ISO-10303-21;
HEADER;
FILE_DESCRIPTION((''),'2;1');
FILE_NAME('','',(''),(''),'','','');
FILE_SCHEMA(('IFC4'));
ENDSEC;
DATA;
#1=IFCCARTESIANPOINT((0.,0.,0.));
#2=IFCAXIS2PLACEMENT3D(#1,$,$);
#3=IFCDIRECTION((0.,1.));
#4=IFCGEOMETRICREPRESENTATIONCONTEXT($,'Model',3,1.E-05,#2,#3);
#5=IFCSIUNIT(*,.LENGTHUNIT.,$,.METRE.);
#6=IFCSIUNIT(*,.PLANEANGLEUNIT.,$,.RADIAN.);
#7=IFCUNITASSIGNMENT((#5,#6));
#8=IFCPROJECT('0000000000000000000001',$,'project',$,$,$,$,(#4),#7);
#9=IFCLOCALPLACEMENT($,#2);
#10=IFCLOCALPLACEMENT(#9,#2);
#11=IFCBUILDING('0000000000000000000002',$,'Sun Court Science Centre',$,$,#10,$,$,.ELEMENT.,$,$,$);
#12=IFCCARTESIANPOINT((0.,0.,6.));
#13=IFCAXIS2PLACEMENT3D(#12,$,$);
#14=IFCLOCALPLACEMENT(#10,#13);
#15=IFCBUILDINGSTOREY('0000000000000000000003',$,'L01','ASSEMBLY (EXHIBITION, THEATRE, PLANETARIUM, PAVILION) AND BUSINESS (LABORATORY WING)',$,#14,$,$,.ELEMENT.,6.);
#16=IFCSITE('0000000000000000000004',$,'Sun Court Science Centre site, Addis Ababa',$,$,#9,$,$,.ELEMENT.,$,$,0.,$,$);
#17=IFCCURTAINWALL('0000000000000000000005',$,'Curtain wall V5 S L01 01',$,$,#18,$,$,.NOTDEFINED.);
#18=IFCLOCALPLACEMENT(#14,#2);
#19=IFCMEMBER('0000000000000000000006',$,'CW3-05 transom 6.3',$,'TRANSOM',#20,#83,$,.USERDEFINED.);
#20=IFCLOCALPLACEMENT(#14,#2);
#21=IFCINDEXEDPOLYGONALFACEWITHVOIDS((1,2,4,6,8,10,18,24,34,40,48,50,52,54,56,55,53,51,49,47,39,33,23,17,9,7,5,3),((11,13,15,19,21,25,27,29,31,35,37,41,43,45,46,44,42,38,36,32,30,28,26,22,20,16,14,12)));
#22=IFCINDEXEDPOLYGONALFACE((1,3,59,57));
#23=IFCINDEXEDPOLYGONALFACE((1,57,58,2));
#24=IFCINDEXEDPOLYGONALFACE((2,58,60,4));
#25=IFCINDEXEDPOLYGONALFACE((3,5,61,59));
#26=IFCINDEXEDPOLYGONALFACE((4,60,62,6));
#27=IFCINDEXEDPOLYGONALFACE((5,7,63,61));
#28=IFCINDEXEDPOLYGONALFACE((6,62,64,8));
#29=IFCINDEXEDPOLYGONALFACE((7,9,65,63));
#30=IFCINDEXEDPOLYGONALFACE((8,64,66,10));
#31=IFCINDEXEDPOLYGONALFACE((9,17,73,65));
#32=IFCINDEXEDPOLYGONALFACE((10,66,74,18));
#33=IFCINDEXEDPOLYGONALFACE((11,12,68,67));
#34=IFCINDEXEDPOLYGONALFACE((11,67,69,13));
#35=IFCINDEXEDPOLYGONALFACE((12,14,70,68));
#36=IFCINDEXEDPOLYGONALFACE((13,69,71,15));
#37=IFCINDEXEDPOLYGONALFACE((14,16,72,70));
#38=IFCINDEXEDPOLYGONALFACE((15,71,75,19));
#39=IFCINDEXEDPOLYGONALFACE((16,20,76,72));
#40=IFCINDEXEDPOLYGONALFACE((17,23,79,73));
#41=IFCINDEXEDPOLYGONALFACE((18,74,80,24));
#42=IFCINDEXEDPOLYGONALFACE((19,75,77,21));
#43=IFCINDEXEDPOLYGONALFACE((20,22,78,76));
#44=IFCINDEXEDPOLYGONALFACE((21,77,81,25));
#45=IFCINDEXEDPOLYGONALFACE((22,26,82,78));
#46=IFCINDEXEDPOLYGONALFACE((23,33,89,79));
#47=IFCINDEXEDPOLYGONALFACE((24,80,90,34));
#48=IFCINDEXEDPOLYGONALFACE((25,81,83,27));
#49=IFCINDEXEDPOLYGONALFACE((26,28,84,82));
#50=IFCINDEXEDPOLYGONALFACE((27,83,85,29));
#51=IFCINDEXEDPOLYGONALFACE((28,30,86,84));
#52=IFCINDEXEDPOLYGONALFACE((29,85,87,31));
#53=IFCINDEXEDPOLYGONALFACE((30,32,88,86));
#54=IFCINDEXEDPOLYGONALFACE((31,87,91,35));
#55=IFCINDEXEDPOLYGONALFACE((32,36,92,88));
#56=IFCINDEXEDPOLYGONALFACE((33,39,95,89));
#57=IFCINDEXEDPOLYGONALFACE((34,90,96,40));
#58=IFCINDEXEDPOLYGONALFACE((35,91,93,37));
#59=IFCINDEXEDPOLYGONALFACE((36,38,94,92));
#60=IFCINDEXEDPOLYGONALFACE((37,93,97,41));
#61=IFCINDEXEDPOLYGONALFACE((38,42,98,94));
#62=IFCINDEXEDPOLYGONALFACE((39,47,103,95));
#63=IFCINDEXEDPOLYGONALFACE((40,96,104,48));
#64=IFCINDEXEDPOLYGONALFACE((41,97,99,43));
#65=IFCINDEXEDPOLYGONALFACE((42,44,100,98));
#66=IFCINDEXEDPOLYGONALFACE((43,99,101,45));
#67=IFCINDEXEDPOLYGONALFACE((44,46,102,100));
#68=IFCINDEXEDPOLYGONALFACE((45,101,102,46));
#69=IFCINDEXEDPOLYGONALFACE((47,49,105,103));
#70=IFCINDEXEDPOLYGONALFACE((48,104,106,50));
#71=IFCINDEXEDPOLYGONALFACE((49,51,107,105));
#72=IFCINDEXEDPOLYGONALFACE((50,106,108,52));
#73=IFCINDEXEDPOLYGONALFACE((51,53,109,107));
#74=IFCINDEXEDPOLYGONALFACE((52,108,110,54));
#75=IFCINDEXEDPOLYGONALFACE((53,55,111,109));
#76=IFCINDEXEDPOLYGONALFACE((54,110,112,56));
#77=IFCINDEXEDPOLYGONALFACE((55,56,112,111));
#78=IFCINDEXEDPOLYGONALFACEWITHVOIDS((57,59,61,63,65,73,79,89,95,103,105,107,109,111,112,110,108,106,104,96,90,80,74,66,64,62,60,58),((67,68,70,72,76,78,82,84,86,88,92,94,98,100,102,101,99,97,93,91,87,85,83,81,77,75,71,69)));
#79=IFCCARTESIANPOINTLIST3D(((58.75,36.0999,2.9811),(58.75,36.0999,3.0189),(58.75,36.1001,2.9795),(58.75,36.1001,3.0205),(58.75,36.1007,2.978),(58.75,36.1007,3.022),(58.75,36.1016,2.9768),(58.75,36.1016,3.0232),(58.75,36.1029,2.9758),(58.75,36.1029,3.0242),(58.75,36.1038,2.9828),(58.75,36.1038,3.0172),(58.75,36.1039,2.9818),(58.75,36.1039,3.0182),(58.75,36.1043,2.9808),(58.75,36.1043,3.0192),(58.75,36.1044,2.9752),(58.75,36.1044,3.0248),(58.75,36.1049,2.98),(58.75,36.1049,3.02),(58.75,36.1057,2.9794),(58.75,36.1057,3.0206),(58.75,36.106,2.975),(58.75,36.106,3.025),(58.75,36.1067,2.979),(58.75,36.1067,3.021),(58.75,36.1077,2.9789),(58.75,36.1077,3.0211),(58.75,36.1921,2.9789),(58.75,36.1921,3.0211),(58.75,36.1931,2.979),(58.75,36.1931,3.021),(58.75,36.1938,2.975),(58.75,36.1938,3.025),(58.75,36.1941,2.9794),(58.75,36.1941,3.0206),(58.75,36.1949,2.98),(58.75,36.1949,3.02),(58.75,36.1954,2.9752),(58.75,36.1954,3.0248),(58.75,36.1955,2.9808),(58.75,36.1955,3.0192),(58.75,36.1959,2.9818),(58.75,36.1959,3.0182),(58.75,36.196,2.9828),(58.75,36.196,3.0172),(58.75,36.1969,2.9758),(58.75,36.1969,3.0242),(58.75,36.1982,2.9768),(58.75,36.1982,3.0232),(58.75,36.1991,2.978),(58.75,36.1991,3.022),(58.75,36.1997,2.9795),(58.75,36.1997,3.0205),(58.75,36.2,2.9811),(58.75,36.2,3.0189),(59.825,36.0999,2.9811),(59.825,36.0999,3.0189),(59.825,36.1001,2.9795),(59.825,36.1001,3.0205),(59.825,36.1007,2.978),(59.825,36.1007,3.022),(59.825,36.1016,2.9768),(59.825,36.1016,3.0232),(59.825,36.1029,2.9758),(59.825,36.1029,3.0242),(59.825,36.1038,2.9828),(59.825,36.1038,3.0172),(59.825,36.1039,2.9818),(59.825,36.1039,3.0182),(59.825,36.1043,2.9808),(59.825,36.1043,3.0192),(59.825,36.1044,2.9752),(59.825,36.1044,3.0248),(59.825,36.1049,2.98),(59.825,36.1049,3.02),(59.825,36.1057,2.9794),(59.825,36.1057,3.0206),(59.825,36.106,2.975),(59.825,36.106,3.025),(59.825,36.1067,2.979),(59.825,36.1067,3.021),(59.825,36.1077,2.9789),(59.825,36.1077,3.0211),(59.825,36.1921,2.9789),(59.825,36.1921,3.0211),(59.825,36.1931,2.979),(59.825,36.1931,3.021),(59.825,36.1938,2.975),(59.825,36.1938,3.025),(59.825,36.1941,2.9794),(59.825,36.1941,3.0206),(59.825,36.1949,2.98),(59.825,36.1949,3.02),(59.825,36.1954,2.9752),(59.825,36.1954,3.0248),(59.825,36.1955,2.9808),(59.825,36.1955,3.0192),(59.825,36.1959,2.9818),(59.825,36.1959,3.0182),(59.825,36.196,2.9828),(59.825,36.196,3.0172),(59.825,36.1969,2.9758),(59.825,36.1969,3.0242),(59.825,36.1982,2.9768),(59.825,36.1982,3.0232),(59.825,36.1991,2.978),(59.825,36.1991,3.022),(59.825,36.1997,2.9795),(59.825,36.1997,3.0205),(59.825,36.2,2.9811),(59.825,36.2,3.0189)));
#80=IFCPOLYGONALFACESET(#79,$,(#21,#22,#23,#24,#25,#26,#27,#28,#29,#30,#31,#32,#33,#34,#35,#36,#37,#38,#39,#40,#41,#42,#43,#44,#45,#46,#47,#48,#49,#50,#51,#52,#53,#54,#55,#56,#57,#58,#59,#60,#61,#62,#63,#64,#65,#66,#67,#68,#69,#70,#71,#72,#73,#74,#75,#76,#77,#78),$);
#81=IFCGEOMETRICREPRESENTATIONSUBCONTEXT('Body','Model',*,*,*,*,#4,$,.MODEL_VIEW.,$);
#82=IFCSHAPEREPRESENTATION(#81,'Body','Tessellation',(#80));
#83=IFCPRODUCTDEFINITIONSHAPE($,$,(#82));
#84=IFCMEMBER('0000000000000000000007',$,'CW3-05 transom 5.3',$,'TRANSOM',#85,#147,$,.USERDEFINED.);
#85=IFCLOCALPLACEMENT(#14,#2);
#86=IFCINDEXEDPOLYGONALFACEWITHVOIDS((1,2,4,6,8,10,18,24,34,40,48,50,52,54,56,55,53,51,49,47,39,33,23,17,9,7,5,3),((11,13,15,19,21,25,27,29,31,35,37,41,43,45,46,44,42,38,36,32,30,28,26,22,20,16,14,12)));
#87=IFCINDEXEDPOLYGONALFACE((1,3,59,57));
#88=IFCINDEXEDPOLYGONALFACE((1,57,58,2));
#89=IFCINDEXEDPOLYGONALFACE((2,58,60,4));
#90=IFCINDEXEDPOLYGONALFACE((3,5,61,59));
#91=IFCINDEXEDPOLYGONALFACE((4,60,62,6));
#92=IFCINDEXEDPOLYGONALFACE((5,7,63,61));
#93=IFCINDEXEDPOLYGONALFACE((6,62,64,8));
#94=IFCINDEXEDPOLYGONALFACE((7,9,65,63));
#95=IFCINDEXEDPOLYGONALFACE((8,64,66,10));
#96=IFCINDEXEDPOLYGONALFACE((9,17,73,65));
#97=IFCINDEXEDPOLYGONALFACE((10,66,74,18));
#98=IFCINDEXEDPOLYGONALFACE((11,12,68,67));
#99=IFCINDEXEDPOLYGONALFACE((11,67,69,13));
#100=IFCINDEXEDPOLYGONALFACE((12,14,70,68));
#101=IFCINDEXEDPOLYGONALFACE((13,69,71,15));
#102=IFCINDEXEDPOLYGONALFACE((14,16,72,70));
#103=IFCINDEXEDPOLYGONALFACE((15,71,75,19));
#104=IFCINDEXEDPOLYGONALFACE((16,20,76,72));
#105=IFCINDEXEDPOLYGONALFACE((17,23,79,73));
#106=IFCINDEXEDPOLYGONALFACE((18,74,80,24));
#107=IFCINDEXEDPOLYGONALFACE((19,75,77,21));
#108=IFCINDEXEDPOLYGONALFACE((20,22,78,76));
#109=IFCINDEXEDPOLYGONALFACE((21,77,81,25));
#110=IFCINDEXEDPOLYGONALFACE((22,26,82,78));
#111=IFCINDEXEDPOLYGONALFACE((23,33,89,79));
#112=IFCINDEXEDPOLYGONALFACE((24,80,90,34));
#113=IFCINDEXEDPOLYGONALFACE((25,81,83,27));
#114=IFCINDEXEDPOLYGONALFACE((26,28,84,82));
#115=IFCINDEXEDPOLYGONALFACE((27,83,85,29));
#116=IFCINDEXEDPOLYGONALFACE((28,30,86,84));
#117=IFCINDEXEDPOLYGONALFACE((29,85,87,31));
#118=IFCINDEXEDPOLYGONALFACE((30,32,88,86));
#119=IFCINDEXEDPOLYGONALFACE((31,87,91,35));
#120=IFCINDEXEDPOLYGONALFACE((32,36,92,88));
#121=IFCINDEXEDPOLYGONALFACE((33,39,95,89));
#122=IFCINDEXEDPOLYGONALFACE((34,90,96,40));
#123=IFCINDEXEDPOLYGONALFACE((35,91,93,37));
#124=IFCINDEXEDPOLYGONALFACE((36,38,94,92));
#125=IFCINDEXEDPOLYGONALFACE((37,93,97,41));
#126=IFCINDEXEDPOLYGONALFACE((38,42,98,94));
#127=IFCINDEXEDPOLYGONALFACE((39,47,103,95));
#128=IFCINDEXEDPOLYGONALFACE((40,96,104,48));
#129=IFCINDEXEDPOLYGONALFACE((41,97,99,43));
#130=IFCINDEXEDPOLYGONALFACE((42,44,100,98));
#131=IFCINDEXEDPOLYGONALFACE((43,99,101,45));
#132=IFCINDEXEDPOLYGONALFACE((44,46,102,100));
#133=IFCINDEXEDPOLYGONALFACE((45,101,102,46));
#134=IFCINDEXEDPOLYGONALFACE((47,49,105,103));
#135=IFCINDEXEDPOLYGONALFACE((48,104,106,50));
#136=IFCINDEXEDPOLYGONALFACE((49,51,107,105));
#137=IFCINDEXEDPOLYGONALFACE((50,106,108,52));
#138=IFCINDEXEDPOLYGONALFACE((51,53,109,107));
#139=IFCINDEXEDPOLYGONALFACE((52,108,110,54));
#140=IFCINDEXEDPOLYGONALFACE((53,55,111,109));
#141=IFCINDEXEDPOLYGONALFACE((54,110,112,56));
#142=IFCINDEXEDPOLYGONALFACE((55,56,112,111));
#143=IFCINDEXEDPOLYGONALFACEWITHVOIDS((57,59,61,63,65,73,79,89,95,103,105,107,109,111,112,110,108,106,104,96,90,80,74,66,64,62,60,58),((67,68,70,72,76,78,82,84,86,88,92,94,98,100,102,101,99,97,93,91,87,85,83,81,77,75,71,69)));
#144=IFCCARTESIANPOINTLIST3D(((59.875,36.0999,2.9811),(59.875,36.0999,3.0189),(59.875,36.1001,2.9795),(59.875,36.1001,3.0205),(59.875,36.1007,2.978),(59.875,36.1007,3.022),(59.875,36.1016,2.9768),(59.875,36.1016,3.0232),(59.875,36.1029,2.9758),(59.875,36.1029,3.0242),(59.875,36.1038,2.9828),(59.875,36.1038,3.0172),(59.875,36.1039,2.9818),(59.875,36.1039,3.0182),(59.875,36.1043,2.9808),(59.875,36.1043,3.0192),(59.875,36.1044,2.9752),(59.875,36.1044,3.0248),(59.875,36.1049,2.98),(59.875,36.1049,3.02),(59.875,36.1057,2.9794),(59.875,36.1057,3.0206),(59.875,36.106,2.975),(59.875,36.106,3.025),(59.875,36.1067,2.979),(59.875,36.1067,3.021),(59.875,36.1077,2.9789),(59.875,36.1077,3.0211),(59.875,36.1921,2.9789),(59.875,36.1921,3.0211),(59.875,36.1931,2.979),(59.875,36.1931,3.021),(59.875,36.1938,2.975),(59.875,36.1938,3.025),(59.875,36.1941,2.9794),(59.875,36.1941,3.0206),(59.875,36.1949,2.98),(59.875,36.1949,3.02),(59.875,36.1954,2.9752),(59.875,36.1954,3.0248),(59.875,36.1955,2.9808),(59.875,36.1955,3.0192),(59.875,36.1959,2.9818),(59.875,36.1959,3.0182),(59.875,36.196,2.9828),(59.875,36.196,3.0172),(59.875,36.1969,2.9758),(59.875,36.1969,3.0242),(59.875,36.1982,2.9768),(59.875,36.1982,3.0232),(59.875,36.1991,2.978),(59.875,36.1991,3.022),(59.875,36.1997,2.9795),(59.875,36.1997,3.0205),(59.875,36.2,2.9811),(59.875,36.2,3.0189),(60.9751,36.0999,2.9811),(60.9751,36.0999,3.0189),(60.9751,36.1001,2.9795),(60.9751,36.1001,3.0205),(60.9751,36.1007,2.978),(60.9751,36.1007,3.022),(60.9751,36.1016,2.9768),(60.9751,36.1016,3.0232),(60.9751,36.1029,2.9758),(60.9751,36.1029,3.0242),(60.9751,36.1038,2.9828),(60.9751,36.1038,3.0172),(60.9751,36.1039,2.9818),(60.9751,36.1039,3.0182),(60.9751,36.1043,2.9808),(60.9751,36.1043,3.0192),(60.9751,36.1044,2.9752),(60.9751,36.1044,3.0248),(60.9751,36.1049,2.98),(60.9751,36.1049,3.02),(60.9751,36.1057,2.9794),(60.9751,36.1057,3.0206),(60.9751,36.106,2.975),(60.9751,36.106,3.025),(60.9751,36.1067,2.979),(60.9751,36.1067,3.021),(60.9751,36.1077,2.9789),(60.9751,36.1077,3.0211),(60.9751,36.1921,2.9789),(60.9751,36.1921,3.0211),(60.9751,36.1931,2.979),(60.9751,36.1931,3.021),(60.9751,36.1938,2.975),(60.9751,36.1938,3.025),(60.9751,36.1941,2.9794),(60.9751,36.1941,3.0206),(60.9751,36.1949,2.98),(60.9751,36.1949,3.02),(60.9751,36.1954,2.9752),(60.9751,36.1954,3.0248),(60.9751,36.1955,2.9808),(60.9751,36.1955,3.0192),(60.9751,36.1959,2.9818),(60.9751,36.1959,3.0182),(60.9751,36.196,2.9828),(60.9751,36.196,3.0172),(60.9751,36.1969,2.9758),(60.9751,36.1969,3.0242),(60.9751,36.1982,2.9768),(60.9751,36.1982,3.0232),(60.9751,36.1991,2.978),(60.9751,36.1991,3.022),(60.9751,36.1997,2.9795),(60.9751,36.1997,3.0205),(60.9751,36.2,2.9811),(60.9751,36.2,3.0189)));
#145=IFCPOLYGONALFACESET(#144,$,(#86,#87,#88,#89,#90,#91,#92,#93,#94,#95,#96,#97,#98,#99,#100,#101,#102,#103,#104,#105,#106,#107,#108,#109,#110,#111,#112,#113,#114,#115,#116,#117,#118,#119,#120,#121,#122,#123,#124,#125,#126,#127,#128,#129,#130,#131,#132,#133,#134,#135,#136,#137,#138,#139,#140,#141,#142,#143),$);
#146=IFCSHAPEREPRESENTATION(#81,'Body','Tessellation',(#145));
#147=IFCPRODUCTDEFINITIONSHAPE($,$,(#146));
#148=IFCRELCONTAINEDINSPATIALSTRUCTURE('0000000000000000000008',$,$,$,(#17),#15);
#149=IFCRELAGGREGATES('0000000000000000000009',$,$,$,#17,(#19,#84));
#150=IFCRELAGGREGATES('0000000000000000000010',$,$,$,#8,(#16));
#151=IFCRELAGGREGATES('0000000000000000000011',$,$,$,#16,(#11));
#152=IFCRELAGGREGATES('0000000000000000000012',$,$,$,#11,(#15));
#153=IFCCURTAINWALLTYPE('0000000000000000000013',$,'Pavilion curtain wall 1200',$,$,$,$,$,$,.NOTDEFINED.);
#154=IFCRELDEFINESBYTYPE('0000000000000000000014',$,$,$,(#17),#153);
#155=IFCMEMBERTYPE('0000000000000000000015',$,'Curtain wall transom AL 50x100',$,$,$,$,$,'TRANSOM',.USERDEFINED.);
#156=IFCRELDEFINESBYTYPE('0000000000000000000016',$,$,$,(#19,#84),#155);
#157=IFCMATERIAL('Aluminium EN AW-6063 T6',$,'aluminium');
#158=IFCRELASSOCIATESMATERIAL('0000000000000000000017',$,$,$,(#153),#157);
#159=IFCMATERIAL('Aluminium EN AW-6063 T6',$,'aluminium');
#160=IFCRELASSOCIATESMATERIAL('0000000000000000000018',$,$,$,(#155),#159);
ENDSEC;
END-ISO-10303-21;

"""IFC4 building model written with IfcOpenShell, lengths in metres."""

from ifc_helpers import new_model, si_unit, direction, frame, origin, origin_2d, place, context, subcontext, project, spatial, hollow_rectangle, extrude, material, material_profile, profile_set, type_object, element, aggregate, save


model = new_model("IFC4")

# Units and contexts
model_context = context("Model", 3, precision=1e-05, world=origin(), true_north=direction((0.0, 1.0)))
body_context = subcontext(model_context, "Body", "Model", "MODEL_VIEW")
ifc_project = project(units=[si_unit("LENGTHUNIT", "METRE"), si_unit("PLANEANGLEUNIT", "RADIAN")], contexts=[model_context])

# Site, building, storey
site_placement = place(None, origin())
site = spatial("IfcSite", under=ifc_project, at=site_placement, Name="Sun Court Science Centre site, Addis Ababa", CompositionType="ELEMENT", RefElevation=0.0)
building_placement = place(site_placement, origin())
building = spatial("IfcBuilding", under=site, at=building_placement, Name="Sun Court Science Centre", CompositionType="ELEMENT")
storey_placement = place(building_placement, frame((0.0, 0.0, 6.0)))
storey = spatial("IfcBuildingStorey", under=building, at=storey_placement, Name="L01", Description="ASSEMBLY (EXHIBITION, THEATRE, PLANETARIUM, PAVILION) AND BUSINESS (LABORATORY WING)", CompositionType="ELEMENT", Elevation=6.0)

# Curtain wall
ifc_material_1 = material(Name="Aluminium EN AW-6063 T6", Category="aluminium")
curtain_wall_type = type_object("IfcCurtainWallType", Name="Pavilion curtain wall 1200", PredefinedType="NOTDEFINED", material=ifc_material_1)
curtain_wall_1_placement = place(storey_placement, origin())
curtain_wall_1 = element("IfcCurtainWall", 1, at=curtain_wall_1_placement, inside=storey, type_object=curtain_wall_type, Name="Curtain wall V5 S L01 01", PredefinedType="NOTDEFINED")

# Members
ifc_material_2 = material(Name="Aluminium EN AW-6063 T6", Category="aluminium")
ifc_material_profile_1 = material_profile(ifc_material_2, hollow_rectangle(XDim=0.05, YDim=0.1001, WallThickness=0.0039, InnerFilletRadius=0.0039, OuterFilletRadius=0.0061, at=origin_2d()), Name="AL 50x100x4")
ifc_profile_set_1 = profile_set([ifc_material_profile_1], Name="Aluminium EN AW-6063 T6")
member_type_1 = type_object("IfcMemberType", Name="Curtain wall transom AL 50x100", ElementType="TRANSOM", PredefinedType="USERDEFINED", material=ifc_profile_set_1)
member_1_placement = place(storey_placement, frame((59.825, 36.1499, 3.0), z_axis=(-1.0, 0.0, 0.0), x_axis=(0.0, 0.0, 1.0)))
member_1 = element("IfcMember", 2, at=member_1_placement, type_object=member_type_1, Name="CW3-05 transom 6.3", ObjectType="TRANSOM", PredefinedType="USERDEFINED", context=body_context, shape_type="SweptSolid", body=[
    extrude(hollow_rectangle(XDim=0.05, YDim=0.1001, WallThickness=0.0039, InnerFilletRadius=0.0039, OuterFilletRadius=0.0061, at=origin_2d()), origin(), (0.0, 0.0, 1.0), 1.075),
])
member_2_placement = place(storey_placement, frame((60.9751, 36.1499, 3.0), z_axis=(-1.0, 0.0, 0.0), x_axis=(0.0, 0.0, 1.0)))
member_2 = element("IfcMember", 3, at=member_2_placement, type_object=member_type_1, Name="CW3-05 transom 5.3", ObjectType="TRANSOM", PredefinedType="USERDEFINED", context=body_context, shape_type="SweptSolid", body=[
    extrude(hollow_rectangle(XDim=0.05, YDim=0.1001, WallThickness=0.0039, InnerFilletRadius=0.0039, OuterFilletRadius=0.0061, at=origin_2d()), origin(), (0.0, 0.0, 1.0), 1.1001),
])

aggregate(curtain_wall_1, [member_1, member_2])

save(model, "model.ifc")
